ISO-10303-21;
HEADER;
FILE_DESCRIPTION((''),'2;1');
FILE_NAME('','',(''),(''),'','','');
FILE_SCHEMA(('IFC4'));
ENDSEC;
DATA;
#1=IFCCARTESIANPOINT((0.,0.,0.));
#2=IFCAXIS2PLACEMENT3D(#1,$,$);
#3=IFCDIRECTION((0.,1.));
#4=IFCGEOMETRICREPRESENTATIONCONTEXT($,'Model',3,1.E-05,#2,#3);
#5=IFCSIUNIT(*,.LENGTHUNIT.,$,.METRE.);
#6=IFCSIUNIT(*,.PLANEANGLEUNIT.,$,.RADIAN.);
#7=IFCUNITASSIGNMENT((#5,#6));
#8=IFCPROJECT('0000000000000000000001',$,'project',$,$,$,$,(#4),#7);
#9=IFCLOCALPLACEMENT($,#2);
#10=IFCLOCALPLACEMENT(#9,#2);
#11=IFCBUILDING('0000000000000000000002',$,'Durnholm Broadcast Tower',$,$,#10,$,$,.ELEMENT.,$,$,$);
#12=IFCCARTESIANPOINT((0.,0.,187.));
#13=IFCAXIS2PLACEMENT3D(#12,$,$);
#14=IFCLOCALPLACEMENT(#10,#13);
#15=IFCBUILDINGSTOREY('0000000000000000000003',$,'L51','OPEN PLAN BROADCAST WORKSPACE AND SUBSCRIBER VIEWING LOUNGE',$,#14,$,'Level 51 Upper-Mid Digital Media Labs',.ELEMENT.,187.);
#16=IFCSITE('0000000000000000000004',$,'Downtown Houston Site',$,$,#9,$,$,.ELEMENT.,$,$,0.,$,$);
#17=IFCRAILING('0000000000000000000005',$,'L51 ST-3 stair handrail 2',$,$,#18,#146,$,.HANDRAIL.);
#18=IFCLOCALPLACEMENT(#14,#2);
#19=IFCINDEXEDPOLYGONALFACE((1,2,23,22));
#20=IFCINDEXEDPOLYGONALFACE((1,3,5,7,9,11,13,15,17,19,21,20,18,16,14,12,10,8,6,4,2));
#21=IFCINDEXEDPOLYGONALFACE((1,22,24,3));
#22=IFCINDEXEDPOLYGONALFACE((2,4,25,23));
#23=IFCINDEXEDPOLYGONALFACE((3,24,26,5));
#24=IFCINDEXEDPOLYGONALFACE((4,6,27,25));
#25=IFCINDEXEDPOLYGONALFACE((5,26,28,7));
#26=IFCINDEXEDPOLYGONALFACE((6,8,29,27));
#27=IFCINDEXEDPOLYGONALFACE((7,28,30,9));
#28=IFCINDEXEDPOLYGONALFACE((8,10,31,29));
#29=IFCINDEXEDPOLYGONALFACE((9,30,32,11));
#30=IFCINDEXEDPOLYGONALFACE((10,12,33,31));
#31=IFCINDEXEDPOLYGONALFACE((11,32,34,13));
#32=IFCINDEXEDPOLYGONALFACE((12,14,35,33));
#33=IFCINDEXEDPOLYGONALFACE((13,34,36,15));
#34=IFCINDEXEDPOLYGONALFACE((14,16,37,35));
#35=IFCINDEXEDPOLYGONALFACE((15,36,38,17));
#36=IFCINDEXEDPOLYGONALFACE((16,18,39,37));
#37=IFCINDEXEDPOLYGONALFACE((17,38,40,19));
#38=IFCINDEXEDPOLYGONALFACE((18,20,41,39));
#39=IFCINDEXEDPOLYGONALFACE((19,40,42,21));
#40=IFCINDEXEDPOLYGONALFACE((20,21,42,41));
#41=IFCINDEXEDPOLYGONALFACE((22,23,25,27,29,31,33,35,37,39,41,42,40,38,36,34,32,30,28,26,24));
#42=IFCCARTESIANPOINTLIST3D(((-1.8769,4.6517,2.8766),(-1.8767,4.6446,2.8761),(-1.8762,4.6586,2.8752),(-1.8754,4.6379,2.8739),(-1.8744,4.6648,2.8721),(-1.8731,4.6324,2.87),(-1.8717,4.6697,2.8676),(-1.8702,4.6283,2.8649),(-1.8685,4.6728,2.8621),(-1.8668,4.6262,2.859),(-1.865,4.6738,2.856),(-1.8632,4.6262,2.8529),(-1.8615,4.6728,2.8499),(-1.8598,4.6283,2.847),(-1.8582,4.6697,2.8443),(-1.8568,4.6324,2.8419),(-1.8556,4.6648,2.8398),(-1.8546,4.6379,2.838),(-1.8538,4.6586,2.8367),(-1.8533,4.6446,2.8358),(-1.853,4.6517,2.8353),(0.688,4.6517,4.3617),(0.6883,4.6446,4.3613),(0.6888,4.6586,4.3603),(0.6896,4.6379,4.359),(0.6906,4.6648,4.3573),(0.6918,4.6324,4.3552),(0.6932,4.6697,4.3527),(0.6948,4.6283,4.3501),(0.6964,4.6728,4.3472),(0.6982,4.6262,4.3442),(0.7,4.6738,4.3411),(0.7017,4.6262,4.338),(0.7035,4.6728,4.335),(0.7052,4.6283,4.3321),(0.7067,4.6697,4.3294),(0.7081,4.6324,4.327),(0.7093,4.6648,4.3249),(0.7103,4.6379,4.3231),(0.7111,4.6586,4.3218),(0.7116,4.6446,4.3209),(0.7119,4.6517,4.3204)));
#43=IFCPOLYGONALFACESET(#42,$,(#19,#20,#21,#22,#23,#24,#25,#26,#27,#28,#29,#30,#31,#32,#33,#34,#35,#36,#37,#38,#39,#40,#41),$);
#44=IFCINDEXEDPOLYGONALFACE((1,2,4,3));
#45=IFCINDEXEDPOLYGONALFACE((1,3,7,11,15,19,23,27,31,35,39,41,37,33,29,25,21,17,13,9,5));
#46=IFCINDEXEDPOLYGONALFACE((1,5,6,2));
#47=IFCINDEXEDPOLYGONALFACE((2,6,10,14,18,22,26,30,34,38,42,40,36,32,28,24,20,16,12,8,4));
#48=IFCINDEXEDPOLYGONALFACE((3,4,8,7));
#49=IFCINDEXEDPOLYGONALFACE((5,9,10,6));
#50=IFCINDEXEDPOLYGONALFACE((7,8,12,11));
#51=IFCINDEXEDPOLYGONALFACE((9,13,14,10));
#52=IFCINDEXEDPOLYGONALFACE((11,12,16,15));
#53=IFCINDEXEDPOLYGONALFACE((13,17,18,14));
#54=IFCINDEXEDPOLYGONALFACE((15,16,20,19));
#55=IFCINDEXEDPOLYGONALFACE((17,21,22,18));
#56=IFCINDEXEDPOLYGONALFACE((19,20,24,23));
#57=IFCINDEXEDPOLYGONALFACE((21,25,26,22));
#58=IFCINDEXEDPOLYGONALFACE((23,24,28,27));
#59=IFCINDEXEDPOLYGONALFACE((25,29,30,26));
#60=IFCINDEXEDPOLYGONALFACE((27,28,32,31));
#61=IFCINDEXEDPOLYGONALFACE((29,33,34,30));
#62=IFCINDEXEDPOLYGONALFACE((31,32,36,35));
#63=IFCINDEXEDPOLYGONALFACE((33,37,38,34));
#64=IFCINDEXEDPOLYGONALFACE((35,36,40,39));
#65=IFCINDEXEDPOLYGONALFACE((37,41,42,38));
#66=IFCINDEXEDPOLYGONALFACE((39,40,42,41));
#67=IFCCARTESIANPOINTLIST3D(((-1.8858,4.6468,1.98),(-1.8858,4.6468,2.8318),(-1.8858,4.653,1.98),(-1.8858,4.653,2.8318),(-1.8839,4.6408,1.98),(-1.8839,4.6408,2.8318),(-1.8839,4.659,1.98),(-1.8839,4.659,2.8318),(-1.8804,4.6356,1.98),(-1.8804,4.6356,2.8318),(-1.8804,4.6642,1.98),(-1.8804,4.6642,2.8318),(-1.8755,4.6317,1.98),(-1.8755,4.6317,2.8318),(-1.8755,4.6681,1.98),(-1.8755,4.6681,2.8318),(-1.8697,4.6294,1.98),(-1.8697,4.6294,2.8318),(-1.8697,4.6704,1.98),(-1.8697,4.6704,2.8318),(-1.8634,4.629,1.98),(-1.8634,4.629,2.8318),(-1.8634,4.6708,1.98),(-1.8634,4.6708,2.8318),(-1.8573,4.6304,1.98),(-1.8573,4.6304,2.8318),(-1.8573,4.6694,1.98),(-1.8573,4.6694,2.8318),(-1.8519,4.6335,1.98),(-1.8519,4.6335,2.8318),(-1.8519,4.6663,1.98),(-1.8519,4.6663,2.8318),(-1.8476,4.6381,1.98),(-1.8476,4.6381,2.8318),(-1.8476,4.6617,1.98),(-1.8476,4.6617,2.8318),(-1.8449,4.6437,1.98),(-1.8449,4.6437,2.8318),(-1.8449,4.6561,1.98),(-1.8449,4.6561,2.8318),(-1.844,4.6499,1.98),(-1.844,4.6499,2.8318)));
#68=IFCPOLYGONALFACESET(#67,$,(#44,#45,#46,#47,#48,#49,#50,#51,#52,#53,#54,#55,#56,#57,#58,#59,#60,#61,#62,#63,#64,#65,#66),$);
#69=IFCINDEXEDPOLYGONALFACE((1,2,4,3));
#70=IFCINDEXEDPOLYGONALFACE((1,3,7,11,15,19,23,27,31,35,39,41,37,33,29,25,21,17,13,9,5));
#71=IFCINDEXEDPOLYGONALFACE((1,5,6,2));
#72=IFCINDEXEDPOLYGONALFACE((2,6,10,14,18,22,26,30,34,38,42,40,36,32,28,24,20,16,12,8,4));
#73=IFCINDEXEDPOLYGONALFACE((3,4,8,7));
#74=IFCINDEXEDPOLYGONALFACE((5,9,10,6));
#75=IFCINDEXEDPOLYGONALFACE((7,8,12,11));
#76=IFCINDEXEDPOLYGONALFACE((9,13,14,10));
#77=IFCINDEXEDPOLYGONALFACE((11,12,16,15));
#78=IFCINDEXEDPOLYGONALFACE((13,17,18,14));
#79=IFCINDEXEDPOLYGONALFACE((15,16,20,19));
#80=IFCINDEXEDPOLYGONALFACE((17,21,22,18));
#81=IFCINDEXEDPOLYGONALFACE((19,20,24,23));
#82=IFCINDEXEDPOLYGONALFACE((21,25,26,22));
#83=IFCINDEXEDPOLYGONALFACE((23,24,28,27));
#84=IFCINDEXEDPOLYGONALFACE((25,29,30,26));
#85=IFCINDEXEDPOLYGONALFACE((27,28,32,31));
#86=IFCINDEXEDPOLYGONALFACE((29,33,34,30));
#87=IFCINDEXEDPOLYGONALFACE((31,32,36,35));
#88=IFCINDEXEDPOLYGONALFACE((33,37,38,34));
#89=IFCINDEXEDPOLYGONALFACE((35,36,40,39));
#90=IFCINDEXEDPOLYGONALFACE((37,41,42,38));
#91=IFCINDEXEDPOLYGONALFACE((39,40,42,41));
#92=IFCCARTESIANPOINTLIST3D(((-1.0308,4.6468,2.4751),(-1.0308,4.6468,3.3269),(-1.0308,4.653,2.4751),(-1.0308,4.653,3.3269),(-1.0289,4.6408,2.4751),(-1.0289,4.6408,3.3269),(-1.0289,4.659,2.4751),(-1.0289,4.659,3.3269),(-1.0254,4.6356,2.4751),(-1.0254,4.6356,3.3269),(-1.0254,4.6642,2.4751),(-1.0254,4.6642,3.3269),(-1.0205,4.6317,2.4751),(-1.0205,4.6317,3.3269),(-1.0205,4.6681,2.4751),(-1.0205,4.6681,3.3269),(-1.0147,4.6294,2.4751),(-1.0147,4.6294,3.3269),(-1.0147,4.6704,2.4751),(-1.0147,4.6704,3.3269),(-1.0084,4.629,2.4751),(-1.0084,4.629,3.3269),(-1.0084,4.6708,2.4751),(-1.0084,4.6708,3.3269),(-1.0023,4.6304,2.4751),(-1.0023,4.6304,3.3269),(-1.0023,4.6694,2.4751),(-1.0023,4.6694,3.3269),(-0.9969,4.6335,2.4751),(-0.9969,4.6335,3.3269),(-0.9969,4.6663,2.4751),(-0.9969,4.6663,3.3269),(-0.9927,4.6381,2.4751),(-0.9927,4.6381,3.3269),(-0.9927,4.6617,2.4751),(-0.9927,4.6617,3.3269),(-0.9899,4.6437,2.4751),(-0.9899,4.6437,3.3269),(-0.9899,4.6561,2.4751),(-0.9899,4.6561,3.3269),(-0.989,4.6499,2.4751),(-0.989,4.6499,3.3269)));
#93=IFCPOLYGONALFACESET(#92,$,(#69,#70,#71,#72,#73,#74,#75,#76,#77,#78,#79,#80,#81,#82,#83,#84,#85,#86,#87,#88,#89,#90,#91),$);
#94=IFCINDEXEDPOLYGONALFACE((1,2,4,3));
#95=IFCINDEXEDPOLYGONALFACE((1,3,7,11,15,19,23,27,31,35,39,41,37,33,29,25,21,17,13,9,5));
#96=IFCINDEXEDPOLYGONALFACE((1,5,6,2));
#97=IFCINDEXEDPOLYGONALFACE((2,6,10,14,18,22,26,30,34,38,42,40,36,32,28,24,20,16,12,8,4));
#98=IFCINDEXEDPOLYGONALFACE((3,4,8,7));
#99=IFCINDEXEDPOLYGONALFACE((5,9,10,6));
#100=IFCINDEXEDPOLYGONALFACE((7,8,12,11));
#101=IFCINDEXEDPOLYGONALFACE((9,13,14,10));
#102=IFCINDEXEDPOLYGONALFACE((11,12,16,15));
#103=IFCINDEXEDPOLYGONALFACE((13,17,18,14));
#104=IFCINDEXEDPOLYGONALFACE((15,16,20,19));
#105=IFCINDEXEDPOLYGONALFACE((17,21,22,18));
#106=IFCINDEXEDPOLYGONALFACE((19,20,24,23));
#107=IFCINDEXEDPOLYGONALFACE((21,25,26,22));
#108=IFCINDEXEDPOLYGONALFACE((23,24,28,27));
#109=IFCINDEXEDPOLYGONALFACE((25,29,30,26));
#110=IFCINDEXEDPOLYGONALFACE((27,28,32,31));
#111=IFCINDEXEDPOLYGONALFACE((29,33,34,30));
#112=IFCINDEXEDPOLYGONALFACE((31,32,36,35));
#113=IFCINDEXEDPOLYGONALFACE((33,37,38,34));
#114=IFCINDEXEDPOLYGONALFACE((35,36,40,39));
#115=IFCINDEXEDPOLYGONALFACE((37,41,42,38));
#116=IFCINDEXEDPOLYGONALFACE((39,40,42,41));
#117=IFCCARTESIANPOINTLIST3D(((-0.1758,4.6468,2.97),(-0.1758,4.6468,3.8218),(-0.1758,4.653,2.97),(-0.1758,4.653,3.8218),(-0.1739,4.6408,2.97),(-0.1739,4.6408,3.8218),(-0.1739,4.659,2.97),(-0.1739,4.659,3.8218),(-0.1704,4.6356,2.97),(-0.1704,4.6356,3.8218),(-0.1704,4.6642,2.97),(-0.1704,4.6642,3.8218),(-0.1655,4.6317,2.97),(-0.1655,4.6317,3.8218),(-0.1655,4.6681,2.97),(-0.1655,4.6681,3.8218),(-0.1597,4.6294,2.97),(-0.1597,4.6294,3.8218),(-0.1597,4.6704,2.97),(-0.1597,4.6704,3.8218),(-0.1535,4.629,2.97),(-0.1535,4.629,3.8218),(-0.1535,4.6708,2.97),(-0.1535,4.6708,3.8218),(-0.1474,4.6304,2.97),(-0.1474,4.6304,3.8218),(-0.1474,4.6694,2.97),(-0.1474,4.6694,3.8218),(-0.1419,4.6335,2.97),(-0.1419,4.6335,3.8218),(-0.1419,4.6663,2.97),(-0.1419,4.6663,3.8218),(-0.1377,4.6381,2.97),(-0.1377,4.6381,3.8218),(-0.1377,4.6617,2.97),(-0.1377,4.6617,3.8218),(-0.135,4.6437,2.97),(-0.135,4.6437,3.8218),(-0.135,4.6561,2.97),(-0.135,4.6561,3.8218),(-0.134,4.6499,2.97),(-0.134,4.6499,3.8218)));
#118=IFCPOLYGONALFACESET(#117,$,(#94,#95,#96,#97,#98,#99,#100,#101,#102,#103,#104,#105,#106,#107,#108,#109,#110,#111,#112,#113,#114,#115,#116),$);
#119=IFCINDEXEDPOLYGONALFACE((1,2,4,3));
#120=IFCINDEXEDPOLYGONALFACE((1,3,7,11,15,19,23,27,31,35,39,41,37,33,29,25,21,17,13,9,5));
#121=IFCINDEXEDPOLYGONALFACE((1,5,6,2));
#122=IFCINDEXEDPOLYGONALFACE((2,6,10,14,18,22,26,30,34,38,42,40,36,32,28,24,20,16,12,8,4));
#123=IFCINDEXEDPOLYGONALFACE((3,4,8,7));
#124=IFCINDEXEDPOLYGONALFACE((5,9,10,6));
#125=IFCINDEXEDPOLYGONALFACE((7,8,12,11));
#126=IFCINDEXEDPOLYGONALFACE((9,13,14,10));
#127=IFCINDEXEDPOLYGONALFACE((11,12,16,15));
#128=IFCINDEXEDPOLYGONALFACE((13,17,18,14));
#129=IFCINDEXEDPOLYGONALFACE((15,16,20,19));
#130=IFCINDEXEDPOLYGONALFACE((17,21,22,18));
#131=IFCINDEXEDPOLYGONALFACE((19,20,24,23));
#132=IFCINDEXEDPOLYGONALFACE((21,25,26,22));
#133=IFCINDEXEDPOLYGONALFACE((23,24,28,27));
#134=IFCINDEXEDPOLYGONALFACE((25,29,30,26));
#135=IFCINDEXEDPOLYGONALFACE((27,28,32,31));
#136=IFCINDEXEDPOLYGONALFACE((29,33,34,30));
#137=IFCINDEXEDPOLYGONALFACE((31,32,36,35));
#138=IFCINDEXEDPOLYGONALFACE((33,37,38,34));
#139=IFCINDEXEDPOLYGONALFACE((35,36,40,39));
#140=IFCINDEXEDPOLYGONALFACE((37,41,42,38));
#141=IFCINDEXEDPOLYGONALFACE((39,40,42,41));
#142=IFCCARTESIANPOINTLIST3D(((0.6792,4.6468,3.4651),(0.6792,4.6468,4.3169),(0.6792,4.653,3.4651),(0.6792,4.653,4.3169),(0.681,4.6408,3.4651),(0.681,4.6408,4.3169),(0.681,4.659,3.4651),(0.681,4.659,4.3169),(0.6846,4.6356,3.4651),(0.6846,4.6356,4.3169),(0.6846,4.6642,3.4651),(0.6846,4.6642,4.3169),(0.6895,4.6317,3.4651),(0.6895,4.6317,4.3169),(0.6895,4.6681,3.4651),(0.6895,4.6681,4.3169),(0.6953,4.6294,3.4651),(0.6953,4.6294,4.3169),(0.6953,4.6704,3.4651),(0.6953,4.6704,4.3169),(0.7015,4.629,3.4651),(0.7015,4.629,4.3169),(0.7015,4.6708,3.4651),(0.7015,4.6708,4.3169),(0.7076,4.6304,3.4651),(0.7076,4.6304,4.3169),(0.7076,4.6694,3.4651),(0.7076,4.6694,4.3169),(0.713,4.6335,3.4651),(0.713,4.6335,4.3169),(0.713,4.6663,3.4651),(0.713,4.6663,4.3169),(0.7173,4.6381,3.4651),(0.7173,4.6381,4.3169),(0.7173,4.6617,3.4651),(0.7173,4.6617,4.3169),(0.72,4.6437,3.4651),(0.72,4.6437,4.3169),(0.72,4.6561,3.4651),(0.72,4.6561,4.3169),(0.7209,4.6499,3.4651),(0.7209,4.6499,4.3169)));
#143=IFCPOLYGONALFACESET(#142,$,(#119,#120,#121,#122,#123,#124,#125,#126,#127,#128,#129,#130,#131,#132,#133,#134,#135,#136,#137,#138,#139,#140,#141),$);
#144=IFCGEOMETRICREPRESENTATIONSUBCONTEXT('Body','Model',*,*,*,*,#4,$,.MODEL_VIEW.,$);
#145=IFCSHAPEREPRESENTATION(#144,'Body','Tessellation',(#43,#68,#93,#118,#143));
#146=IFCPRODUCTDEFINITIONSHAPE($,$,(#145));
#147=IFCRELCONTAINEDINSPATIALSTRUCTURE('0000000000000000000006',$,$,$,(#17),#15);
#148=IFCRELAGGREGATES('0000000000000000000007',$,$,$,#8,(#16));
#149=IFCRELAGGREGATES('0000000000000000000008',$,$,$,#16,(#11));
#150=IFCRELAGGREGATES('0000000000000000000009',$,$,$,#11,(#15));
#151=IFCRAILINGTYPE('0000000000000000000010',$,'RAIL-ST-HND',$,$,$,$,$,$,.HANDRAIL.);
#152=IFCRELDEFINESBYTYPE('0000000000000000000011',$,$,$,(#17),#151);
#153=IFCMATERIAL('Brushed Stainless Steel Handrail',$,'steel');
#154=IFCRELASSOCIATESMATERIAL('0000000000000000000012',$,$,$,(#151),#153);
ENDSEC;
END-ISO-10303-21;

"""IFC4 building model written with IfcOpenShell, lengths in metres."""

from ifc_helpers import new_model, si_unit, direction, frame, origin, origin_2d, place, context, subcontext, project, spatial, circle, extrude, material, type_object, element, save


model = new_model("IFC4")

# Units and contexts
model_context = context("Model", 3, precision=1e-05, world=origin(), true_north=direction((0.0, 1.0)))
body_context = subcontext(model_context, "Body", "Model", "MODEL_VIEW")
ifc_project = project(units=[si_unit("LENGTHUNIT", "METRE"), si_unit("PLANEANGLEUNIT", "RADIAN")], contexts=[model_context])

# Site, building, storey
site_placement = place(None, origin())
site = spatial("IfcSite", under=ifc_project, at=site_placement, Name="Downtown Houston Site", CompositionType="ELEMENT", RefElevation=0.0)
building_placement = place(site_placement, origin())
building = spatial("IfcBuilding", under=site, at=building_placement, Name="Durnholm Broadcast Tower", CompositionType="ELEMENT")
storey_placement = place(building_placement, frame((0.0, 0.0, 187.0)))
storey = spatial("IfcBuildingStorey", under=building, at=storey_placement, Name="L51", Description="OPEN PLAN BROADCAST WORKSPACE AND SUBSCRIBER VIEWING LOUNGE", LongName="Level 51 Upper-Mid Digital Media Labs", CompositionType="ELEMENT", Elevation=187.0)

# Railing
ifc_material_1 = material(Name="Brushed Stainless Steel Handrail", Category="steel")
railing_type_1 = type_object("IfcRailingType", Name="RAIL-ST-HND", PredefinedType="HANDRAIL", material=ifc_material_1)
railing_1_placement = place(storey_placement, frame((-1.865, 4.6499, 1.98)))
element("IfcRailing", 1, at=railing_1_placement, inside=storey, type_object=railing_type_1, Name="L51 ST-3 stair handrail 2", PredefinedType="HANDRAIL", context=body_context, shape_type="SweptSolid", body=[
    extrude(circle(Radius=0.0239, at=origin_2d()), frame((0.0, 0.0, 0.876), z_axis=(0.865406, 0.0, 0.501072), x_axis=(0.0, 1.0, 0.0)), (0.0, 0.0, 1.0), 2.9639),
    extrude(circle(Radius=0.021, at=origin_2d()), origin(), (0.0, 0.0, 1.0), 0.8518),
    extrude(circle(Radius=0.021, at=origin_2d()), frame((0.855, 0.0, 0.4951)), (0.0, 0.0, 1.0), 0.8518),
    extrude(circle(Radius=0.021, at=origin_2d()), frame((1.71, 0.0, 0.99)), (0.0, 0.0, 1.0), 0.8518),
    extrude(circle(Radius=0.021, at=origin_2d()), frame((2.5649, 0.0, 1.4851)), (0.0, 0.0, 1.0), 0.8518),
])

save(model, "model.ifc")
